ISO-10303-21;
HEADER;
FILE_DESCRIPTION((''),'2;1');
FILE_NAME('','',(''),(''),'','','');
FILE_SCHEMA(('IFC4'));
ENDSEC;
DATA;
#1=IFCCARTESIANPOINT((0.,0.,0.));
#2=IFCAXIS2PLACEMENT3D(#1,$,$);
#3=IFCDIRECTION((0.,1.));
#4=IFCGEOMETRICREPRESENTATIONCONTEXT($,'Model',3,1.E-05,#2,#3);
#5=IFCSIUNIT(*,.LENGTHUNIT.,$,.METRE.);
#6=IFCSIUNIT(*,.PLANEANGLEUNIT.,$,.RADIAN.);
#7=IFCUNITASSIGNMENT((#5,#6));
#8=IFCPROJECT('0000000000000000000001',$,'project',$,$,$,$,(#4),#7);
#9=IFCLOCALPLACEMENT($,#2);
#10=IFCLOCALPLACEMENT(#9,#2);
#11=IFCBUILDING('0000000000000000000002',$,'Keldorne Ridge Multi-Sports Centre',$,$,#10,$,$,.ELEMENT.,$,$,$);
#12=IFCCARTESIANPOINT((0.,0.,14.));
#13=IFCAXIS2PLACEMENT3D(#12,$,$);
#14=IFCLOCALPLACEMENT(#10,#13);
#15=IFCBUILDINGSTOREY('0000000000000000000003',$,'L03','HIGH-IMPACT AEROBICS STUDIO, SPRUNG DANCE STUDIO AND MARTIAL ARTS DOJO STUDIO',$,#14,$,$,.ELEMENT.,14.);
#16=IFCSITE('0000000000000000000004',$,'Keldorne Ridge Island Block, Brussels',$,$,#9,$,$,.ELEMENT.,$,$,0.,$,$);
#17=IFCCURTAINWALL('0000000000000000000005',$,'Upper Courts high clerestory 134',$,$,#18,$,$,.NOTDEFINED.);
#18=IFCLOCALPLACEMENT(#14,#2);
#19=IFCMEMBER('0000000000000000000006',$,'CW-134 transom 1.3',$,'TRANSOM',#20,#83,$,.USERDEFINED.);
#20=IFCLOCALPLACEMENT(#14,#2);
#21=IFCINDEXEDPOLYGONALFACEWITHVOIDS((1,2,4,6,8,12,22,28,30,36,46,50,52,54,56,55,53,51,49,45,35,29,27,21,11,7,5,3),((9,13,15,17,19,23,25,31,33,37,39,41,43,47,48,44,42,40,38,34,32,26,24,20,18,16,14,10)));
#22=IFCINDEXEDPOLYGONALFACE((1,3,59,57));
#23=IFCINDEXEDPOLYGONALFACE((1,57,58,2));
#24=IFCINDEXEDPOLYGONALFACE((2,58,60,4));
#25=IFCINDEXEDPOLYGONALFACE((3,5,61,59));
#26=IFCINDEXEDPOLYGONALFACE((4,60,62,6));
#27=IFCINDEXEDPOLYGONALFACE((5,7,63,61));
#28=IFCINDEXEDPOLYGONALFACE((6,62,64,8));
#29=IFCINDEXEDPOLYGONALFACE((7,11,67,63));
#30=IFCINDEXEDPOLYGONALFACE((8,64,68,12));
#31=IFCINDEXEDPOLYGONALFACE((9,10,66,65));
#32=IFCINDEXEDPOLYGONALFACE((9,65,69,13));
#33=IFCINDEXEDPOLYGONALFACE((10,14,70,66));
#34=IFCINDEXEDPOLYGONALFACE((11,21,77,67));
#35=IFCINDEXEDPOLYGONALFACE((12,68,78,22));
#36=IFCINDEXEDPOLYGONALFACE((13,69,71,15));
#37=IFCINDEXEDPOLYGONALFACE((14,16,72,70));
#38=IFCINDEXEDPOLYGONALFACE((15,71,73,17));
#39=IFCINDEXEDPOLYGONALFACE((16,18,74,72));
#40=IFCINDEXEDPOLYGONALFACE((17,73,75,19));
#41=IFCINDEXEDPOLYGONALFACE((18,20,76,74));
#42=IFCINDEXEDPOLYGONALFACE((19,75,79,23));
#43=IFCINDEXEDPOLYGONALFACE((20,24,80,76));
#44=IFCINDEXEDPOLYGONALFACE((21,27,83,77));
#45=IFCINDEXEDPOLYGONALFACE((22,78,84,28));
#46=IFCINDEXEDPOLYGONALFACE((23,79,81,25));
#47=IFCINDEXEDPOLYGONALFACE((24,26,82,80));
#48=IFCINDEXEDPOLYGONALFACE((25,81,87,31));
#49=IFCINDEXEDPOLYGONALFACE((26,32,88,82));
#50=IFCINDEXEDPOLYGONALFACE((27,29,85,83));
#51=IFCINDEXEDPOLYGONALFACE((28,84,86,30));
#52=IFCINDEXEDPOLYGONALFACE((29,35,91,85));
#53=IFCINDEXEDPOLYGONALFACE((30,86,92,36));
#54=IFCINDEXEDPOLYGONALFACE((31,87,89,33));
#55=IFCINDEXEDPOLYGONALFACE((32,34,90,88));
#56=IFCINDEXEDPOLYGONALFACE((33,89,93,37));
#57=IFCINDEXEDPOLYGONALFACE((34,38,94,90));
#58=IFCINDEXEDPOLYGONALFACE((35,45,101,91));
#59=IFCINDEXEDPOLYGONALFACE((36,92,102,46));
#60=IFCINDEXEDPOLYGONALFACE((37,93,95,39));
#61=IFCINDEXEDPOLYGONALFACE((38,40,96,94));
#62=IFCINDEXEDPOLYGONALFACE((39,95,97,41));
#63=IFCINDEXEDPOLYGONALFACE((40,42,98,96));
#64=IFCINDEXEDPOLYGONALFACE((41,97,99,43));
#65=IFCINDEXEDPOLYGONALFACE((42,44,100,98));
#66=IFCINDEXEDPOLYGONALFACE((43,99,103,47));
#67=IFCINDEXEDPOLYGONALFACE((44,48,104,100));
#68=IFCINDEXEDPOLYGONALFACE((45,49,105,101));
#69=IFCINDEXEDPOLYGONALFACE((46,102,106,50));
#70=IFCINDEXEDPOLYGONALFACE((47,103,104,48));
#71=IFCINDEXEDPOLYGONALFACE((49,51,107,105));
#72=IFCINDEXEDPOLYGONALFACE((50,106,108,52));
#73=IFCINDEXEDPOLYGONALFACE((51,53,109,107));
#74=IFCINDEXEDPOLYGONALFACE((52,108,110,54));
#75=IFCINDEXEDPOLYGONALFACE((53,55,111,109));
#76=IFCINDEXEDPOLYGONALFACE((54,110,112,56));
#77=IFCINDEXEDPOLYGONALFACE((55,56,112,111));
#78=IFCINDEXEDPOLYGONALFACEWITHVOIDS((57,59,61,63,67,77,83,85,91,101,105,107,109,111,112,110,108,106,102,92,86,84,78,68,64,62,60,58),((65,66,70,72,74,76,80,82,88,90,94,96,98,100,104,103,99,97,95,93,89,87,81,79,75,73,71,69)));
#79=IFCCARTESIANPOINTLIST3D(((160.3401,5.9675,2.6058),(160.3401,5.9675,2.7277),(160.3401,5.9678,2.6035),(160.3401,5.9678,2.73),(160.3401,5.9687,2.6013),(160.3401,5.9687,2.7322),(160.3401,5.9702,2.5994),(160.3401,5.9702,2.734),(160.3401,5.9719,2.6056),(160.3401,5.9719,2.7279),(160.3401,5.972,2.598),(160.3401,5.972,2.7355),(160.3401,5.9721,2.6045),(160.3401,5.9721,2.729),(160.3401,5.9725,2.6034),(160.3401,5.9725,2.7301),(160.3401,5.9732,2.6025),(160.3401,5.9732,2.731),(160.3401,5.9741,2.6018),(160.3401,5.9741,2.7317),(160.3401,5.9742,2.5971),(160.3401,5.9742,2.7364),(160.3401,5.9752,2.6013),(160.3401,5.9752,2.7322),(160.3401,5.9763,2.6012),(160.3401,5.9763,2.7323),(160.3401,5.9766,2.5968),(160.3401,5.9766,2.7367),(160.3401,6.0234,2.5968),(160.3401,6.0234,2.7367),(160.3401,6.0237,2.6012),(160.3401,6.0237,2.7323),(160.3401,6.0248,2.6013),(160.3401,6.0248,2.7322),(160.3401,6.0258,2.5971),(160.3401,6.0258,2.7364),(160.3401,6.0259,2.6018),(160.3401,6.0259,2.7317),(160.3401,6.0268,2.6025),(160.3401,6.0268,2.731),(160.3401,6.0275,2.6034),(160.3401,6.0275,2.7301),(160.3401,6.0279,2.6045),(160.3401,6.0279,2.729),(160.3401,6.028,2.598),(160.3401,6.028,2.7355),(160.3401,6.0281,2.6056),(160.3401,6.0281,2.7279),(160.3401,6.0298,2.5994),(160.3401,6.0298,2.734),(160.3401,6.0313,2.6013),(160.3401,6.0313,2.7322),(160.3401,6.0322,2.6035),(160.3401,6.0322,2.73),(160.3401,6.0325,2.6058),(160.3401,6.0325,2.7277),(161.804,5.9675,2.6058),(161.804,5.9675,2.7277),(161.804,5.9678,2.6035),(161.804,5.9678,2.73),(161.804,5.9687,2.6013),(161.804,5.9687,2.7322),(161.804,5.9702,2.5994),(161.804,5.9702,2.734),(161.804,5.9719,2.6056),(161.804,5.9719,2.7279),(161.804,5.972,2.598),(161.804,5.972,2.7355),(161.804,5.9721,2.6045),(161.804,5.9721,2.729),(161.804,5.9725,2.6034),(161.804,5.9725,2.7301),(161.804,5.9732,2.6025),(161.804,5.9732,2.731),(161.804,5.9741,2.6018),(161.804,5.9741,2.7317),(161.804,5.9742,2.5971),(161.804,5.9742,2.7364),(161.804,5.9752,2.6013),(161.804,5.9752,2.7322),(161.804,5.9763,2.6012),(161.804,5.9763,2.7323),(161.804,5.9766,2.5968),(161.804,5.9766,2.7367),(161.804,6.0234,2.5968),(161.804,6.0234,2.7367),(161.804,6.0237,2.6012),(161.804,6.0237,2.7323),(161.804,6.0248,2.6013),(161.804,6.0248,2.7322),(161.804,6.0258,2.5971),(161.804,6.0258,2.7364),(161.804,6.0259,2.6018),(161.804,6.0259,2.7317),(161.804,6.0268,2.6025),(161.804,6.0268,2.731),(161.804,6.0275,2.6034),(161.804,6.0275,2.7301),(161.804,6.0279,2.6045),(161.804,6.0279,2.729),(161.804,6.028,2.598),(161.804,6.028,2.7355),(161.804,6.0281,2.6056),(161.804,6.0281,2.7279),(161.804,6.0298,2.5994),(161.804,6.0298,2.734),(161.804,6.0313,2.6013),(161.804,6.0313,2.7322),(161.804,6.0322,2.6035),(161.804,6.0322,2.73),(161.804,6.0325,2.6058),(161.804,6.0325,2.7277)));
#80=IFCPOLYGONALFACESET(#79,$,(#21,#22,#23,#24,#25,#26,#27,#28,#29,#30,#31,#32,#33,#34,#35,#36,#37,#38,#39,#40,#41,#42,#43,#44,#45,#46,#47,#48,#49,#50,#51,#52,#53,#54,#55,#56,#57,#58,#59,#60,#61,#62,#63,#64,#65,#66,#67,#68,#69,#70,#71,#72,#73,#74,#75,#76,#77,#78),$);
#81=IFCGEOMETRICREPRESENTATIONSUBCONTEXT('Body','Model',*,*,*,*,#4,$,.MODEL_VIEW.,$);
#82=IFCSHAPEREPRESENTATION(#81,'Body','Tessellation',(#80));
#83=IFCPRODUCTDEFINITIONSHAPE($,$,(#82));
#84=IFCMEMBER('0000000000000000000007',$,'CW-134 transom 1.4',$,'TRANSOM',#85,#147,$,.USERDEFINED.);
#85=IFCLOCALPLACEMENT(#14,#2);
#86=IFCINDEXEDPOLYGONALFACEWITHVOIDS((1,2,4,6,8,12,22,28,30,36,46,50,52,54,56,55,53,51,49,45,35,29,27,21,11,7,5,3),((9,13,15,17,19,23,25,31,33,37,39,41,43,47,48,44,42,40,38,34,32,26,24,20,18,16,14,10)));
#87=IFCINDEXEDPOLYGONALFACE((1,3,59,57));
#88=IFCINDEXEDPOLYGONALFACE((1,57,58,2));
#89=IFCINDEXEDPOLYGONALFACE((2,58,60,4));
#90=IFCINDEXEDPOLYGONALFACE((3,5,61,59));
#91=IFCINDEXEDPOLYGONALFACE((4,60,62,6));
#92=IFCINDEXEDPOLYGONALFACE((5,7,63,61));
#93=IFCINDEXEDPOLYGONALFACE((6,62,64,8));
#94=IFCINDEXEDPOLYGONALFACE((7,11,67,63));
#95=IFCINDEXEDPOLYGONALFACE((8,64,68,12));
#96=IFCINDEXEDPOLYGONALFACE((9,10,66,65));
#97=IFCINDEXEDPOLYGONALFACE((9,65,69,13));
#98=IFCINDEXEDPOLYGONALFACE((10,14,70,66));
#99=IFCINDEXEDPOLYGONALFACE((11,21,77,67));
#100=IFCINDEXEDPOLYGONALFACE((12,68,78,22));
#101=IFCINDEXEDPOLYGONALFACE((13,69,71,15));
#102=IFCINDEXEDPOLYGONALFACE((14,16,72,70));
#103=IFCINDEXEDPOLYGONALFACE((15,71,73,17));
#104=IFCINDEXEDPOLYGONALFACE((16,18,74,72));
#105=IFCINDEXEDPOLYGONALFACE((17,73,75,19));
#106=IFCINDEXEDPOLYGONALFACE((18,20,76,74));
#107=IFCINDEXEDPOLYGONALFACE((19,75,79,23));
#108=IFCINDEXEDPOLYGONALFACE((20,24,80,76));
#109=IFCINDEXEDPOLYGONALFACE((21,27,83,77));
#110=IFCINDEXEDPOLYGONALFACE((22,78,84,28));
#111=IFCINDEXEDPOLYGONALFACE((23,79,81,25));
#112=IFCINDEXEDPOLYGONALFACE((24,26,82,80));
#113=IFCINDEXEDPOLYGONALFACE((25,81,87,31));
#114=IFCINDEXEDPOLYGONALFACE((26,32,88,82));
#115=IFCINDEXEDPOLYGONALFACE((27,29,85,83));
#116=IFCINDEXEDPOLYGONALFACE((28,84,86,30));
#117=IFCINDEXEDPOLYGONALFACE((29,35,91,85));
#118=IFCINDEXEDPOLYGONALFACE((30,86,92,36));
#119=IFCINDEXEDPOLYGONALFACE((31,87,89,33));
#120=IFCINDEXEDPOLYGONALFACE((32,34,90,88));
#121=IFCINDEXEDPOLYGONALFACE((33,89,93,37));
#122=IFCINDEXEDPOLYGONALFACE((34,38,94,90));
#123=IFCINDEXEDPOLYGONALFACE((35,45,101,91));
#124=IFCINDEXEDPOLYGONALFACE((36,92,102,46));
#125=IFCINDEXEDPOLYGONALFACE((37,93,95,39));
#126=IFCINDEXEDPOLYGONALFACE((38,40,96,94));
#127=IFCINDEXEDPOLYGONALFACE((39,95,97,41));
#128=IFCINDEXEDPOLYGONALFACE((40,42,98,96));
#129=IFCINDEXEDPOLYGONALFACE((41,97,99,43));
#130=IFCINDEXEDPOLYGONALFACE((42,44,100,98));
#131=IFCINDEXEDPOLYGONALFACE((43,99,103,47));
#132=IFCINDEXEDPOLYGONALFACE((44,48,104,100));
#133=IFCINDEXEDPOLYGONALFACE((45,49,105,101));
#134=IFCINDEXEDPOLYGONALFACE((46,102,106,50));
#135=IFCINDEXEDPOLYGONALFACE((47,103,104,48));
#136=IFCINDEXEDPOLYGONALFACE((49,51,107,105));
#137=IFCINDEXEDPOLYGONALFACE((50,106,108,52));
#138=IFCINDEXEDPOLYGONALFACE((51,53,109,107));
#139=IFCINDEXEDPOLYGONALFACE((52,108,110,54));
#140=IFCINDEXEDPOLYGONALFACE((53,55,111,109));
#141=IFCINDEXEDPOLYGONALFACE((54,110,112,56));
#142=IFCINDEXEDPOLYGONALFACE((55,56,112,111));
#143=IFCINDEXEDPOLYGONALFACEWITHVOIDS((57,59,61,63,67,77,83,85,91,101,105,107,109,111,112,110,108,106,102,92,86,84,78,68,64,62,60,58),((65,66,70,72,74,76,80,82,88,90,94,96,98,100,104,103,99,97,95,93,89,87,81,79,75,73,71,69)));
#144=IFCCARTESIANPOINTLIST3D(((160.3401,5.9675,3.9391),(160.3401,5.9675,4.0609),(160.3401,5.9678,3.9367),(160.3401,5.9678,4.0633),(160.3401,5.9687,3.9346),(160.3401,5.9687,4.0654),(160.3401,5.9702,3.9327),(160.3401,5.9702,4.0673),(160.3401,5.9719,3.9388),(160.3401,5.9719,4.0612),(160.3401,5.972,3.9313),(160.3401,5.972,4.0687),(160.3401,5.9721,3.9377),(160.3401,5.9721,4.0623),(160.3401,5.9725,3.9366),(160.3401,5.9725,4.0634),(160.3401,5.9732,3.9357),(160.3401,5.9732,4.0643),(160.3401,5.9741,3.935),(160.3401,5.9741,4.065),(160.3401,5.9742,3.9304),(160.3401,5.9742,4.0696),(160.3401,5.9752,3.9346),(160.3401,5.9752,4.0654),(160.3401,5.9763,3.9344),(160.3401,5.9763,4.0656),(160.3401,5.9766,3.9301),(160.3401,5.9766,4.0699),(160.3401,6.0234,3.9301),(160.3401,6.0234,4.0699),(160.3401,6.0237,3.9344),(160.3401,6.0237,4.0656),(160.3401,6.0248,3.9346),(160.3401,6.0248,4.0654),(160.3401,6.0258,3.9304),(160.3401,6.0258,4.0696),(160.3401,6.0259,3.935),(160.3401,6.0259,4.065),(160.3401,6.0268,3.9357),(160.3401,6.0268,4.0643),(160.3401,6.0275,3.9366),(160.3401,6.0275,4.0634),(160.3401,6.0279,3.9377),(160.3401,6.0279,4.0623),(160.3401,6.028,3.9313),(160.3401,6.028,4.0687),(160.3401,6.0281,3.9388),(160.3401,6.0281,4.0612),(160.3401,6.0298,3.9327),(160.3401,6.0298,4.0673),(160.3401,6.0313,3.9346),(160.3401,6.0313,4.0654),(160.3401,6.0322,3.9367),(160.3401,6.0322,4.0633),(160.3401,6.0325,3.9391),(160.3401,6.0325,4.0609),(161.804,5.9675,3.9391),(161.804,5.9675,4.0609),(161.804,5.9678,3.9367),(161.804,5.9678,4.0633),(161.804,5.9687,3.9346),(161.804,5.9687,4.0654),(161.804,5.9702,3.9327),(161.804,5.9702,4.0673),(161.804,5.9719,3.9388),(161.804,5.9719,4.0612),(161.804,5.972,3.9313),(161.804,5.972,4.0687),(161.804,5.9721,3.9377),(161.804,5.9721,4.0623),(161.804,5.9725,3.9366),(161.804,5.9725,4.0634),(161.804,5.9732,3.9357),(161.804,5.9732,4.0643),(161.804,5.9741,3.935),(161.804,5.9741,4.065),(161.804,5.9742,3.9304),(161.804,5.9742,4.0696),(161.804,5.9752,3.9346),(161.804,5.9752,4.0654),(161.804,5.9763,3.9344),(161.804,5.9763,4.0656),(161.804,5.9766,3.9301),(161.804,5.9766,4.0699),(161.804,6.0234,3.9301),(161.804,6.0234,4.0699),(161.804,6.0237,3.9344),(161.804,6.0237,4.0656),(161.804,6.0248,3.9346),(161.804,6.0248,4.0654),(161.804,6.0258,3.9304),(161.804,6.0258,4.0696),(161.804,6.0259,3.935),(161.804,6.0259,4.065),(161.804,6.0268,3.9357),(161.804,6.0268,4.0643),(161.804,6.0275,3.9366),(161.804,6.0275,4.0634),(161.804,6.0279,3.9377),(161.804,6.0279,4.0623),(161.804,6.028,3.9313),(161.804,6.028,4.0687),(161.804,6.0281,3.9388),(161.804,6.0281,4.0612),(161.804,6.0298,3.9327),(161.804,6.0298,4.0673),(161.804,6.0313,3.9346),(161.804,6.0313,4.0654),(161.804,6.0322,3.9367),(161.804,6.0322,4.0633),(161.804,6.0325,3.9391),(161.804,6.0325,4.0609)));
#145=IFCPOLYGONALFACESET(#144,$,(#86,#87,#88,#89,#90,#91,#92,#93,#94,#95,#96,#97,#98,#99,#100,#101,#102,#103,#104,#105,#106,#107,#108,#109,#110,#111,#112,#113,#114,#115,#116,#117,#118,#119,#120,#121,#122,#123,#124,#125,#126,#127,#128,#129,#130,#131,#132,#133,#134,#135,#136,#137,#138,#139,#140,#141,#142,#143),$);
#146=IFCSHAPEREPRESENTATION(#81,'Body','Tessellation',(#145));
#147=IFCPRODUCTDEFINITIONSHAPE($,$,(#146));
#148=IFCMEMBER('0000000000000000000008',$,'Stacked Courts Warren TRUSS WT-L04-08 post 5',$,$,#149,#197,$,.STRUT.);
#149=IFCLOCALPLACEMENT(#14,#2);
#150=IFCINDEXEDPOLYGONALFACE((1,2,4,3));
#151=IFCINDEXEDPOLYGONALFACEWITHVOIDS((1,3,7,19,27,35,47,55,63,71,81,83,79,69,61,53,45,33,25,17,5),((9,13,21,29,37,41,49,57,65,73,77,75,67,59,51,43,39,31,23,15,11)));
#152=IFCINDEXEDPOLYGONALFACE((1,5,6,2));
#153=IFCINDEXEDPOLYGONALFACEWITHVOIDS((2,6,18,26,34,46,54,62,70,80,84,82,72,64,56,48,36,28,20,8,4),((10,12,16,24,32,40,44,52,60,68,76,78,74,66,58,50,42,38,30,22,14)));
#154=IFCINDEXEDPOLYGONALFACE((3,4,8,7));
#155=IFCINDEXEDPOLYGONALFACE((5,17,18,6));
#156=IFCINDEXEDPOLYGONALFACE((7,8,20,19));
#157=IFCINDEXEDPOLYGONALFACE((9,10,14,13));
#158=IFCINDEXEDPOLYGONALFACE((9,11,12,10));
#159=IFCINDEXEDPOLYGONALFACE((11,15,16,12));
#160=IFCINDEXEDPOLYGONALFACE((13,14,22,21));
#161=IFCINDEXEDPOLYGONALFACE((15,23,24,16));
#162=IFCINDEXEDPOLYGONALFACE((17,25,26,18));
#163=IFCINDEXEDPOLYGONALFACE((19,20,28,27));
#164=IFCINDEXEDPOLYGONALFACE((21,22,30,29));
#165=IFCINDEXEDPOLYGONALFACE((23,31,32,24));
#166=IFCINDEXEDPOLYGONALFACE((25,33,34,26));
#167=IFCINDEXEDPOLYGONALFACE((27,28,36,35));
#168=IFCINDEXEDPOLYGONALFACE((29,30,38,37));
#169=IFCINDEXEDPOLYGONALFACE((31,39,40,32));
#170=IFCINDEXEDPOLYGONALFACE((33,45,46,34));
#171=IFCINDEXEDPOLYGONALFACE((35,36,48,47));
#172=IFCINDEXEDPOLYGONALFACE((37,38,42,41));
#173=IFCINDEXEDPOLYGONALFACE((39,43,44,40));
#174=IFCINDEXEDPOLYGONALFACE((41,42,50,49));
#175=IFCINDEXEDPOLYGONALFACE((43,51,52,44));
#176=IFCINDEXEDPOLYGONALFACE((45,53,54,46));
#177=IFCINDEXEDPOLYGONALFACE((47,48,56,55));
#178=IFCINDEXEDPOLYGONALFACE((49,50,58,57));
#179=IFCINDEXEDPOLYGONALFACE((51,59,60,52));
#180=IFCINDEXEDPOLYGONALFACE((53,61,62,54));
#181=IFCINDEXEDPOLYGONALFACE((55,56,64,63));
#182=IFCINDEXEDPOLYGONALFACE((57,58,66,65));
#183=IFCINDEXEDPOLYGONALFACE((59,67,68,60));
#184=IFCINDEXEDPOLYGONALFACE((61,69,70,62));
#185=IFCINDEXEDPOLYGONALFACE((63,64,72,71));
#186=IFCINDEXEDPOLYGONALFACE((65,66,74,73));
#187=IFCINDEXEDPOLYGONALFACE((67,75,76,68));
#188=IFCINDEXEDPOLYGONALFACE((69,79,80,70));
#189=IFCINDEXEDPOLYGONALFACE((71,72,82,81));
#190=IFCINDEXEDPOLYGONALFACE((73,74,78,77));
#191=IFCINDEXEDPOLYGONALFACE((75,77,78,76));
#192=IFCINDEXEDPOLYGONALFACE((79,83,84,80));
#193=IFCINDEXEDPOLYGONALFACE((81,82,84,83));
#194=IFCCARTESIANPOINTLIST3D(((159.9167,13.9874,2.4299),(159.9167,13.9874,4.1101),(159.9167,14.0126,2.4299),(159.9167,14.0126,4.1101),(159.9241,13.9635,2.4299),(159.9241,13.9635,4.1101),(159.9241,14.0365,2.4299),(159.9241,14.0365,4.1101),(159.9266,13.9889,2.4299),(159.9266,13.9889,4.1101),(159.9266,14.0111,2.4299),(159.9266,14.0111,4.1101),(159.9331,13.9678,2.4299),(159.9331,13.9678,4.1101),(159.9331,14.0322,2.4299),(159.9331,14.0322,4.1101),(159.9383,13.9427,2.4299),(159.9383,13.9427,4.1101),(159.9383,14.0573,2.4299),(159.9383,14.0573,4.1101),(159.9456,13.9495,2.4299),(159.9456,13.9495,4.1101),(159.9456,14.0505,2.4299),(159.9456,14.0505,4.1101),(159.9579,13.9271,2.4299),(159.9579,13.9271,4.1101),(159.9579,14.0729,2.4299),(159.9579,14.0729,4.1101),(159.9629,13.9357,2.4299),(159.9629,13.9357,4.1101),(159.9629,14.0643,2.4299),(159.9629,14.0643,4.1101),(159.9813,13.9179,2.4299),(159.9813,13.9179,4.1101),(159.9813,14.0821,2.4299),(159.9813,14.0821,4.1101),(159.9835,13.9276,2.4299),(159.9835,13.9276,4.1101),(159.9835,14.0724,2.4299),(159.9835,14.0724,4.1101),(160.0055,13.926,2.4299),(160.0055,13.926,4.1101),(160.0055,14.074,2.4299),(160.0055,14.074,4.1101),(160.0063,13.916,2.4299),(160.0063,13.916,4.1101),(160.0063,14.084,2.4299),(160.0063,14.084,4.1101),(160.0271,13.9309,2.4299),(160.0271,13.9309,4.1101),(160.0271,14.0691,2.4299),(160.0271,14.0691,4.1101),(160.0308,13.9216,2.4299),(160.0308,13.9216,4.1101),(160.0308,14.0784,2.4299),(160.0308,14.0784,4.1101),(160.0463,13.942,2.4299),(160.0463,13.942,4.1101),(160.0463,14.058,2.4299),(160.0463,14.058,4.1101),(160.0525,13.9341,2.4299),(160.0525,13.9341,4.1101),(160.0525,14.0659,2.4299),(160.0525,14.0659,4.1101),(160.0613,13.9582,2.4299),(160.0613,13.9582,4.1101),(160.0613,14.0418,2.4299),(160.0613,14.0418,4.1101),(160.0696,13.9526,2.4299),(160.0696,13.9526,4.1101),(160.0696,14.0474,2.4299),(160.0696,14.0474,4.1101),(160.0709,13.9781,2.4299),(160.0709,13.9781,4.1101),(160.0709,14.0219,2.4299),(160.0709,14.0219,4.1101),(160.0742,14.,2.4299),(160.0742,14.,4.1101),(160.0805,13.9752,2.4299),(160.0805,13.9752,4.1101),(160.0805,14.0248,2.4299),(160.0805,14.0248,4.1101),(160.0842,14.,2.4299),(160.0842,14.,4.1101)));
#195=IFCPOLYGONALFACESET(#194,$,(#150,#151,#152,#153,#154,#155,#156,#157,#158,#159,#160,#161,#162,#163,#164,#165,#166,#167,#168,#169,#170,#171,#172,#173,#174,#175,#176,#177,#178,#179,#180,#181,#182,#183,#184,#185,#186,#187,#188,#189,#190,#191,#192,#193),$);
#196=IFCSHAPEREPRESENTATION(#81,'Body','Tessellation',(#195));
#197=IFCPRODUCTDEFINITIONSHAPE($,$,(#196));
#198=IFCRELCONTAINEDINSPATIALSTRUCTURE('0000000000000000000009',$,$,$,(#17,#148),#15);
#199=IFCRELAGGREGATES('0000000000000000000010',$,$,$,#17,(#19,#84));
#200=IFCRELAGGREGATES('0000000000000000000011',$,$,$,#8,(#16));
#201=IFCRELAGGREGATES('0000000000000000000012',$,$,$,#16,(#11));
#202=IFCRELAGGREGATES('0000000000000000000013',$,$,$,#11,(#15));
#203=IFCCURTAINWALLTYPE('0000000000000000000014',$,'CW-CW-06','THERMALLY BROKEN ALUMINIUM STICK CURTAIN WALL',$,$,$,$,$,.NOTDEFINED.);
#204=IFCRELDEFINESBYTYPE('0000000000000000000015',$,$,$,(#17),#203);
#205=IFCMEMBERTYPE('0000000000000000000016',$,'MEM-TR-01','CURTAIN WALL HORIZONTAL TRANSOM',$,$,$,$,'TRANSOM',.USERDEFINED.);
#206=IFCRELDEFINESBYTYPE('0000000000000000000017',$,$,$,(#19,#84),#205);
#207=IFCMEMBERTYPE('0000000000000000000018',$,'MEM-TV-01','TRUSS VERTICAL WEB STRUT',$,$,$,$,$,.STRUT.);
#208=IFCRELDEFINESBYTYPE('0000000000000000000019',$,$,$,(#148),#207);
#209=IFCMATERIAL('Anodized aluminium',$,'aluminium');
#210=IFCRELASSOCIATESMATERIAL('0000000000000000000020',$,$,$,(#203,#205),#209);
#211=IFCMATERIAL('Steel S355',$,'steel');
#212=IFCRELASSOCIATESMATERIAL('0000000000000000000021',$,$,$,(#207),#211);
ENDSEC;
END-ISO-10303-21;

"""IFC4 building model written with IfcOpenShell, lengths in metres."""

from ifc_helpers import new_model, si_unit, direction, frame, origin, origin_2d, place, context, subcontext, project, spatial, hollow_rectangle, hollow_circle, extrude, material, material_profile, profile_set, type_object, element, aggregate, save


model = new_model("IFC4")

# Units and contexts
model_context = context("Model", 3, precision=1e-05, world=origin(), true_north=direction((0.0, 1.0)))
body_context = subcontext(model_context, "Body", "Model", "MODEL_VIEW")
ifc_project = project(units=[si_unit("LENGTHUNIT", "METRE"), si_unit("PLANEANGLEUNIT", "RADIAN")], contexts=[model_context])

# Site, building, storey
site_placement = place(None, origin())
site = spatial("IfcSite", under=ifc_project, at=site_placement, Name="Keldorne Ridge Island Block, Brussels", CompositionType="ELEMENT", RefElevation=0.0)
building_placement = place(site_placement, origin())
building = spatial("IfcBuilding", under=site, at=building_placement, Name="Keldorne Ridge Multi-Sports Centre", CompositionType="ELEMENT")
storey_placement = place(building_placement, frame((0.0, 0.0, 14.0)))
storey = spatial("IfcBuildingStorey", under=building, at=storey_placement, Name="L03", Description="HIGH-IMPACT AEROBICS STUDIO, SPRUNG DANCE STUDIO AND MARTIAL ARTS DOJO STUDIO", CompositionType="ELEMENT", Elevation=14.0)

# Shared definitions
ifc_material_1 = material(Name="Steel S355", Category="steel")

# Shared definitions
ifc_material_2 = material(Name="Anodized aluminium", Category="aluminium")

# Curtain wall
curtain_wall_type_1 = type_object("IfcCurtainWallType", Name="CW-CW-06", Description="THERMALLY BROKEN ALUMINIUM STICK CURTAIN WALL", PredefinedType="NOTDEFINED", material=ifc_material_2)
curtain_wall_1_placement = place(storey_placement, origin())
curtain_wall_1 = element("IfcCurtainWall", 1, at=curtain_wall_1_placement, inside=storey, type_object=curtain_wall_type_1, Name="Upper Courts high clerestory 134", PredefinedType="NOTDEFINED")

# Members
ifc_material_profile_1 = material_profile(ifc_material_2, hollow_rectangle(XDim=0.0649, YDim=0.1399, WallThickness=0.0044, InnerFilletRadius=0.0044, OuterFilletRadius=0.009, at=origin_2d()), Name="ALU TRANSOM 140x65x4.5")
ifc_profile_set_1 = profile_set([ifc_material_profile_1], Name="Anodized aluminium")
member_type_1 = type_object("IfcMemberType", Name="MEM-TR-01", Description="CURTAIN WALL HORIZONTAL TRANSOM", ElementType="TRANSOM", PredefinedType="USERDEFINED", material=ifc_profile_set_1)
member_1_placement = place(storey_placement, frame((160.3401, 6.0, 2.6667), z_axis=(1.0, 0.0, 0.0), x_axis=(0.0, 1.0, 0.0)))
member_1 = element("IfcMember", 2, at=member_1_placement, type_object=member_type_1, Name="CW-134 transom 1.3", ObjectType="TRANSOM", PredefinedType="USERDEFINED", context=body_context, shape_type="SweptSolid", body=[
    extrude(hollow_rectangle(XDim=0.0649, YDim=0.1399, WallThickness=0.0044, InnerFilletRadius=0.0044, OuterFilletRadius=0.009, at=origin_2d()), origin(), (0.0, 0.0, 1.0), 1.4639),
])
member_2_placement = place(storey_placement, frame((160.3401, 6.0, 4.0), z_axis=(1.0, 0.0, 0.0), x_axis=(0.0, 1.0, 0.0)))
member_2 = element("IfcMember", 3, at=member_2_placement, type_object=member_type_1, Name="CW-134 transom 1.4", ObjectType="TRANSOM", PredefinedType="USERDEFINED", context=body_context, shape_type="SweptSolid", body=[
    extrude(hollow_rectangle(XDim=0.0649, YDim=0.1399, WallThickness=0.0044, InnerFilletRadius=0.0044, OuterFilletRadius=0.009, at=origin_2d()), origin(), (0.0, 0.0, 1.0), 1.4639),
])
ifc_material_profile_2 = material_profile(ifc_material_1, hollow_circle(Radius=0.0842, WallThickness=0.01, at=origin_2d()), Name="CHS 168.3x10")
ifc_profile_set_2 = profile_set([ifc_material_profile_2], Name="Steel S355")
member_type_2 = type_object("IfcMemberType", Name="MEM-TV-01", Description="TRUSS VERTICAL WEB STRUT", PredefinedType="STRUT", material=ifc_profile_set_2)
member_3_placement = place(storey_placement, frame((160.0, 14.0, 2.4299), z_axis=(0.0, 0.0, 1.0), x_axis=(1.0, 0.0, 0.0)))
element("IfcMember", 4, at=member_3_placement, inside=storey, type_object=member_type_2, Name="Stacked Courts Warren TRUSS WT-L04-08 post 5", PredefinedType="STRUT", context=body_context, shape_type="SweptSolid", body=[
    extrude(hollow_circle(Radius=0.0842, WallThickness=0.01, at=origin_2d()), origin(), (0.0, 0.0, 1.0), 1.6802),
])

aggregate(curtain_wall_1, [member_1, member_2])

save(model, "model.ifc")
